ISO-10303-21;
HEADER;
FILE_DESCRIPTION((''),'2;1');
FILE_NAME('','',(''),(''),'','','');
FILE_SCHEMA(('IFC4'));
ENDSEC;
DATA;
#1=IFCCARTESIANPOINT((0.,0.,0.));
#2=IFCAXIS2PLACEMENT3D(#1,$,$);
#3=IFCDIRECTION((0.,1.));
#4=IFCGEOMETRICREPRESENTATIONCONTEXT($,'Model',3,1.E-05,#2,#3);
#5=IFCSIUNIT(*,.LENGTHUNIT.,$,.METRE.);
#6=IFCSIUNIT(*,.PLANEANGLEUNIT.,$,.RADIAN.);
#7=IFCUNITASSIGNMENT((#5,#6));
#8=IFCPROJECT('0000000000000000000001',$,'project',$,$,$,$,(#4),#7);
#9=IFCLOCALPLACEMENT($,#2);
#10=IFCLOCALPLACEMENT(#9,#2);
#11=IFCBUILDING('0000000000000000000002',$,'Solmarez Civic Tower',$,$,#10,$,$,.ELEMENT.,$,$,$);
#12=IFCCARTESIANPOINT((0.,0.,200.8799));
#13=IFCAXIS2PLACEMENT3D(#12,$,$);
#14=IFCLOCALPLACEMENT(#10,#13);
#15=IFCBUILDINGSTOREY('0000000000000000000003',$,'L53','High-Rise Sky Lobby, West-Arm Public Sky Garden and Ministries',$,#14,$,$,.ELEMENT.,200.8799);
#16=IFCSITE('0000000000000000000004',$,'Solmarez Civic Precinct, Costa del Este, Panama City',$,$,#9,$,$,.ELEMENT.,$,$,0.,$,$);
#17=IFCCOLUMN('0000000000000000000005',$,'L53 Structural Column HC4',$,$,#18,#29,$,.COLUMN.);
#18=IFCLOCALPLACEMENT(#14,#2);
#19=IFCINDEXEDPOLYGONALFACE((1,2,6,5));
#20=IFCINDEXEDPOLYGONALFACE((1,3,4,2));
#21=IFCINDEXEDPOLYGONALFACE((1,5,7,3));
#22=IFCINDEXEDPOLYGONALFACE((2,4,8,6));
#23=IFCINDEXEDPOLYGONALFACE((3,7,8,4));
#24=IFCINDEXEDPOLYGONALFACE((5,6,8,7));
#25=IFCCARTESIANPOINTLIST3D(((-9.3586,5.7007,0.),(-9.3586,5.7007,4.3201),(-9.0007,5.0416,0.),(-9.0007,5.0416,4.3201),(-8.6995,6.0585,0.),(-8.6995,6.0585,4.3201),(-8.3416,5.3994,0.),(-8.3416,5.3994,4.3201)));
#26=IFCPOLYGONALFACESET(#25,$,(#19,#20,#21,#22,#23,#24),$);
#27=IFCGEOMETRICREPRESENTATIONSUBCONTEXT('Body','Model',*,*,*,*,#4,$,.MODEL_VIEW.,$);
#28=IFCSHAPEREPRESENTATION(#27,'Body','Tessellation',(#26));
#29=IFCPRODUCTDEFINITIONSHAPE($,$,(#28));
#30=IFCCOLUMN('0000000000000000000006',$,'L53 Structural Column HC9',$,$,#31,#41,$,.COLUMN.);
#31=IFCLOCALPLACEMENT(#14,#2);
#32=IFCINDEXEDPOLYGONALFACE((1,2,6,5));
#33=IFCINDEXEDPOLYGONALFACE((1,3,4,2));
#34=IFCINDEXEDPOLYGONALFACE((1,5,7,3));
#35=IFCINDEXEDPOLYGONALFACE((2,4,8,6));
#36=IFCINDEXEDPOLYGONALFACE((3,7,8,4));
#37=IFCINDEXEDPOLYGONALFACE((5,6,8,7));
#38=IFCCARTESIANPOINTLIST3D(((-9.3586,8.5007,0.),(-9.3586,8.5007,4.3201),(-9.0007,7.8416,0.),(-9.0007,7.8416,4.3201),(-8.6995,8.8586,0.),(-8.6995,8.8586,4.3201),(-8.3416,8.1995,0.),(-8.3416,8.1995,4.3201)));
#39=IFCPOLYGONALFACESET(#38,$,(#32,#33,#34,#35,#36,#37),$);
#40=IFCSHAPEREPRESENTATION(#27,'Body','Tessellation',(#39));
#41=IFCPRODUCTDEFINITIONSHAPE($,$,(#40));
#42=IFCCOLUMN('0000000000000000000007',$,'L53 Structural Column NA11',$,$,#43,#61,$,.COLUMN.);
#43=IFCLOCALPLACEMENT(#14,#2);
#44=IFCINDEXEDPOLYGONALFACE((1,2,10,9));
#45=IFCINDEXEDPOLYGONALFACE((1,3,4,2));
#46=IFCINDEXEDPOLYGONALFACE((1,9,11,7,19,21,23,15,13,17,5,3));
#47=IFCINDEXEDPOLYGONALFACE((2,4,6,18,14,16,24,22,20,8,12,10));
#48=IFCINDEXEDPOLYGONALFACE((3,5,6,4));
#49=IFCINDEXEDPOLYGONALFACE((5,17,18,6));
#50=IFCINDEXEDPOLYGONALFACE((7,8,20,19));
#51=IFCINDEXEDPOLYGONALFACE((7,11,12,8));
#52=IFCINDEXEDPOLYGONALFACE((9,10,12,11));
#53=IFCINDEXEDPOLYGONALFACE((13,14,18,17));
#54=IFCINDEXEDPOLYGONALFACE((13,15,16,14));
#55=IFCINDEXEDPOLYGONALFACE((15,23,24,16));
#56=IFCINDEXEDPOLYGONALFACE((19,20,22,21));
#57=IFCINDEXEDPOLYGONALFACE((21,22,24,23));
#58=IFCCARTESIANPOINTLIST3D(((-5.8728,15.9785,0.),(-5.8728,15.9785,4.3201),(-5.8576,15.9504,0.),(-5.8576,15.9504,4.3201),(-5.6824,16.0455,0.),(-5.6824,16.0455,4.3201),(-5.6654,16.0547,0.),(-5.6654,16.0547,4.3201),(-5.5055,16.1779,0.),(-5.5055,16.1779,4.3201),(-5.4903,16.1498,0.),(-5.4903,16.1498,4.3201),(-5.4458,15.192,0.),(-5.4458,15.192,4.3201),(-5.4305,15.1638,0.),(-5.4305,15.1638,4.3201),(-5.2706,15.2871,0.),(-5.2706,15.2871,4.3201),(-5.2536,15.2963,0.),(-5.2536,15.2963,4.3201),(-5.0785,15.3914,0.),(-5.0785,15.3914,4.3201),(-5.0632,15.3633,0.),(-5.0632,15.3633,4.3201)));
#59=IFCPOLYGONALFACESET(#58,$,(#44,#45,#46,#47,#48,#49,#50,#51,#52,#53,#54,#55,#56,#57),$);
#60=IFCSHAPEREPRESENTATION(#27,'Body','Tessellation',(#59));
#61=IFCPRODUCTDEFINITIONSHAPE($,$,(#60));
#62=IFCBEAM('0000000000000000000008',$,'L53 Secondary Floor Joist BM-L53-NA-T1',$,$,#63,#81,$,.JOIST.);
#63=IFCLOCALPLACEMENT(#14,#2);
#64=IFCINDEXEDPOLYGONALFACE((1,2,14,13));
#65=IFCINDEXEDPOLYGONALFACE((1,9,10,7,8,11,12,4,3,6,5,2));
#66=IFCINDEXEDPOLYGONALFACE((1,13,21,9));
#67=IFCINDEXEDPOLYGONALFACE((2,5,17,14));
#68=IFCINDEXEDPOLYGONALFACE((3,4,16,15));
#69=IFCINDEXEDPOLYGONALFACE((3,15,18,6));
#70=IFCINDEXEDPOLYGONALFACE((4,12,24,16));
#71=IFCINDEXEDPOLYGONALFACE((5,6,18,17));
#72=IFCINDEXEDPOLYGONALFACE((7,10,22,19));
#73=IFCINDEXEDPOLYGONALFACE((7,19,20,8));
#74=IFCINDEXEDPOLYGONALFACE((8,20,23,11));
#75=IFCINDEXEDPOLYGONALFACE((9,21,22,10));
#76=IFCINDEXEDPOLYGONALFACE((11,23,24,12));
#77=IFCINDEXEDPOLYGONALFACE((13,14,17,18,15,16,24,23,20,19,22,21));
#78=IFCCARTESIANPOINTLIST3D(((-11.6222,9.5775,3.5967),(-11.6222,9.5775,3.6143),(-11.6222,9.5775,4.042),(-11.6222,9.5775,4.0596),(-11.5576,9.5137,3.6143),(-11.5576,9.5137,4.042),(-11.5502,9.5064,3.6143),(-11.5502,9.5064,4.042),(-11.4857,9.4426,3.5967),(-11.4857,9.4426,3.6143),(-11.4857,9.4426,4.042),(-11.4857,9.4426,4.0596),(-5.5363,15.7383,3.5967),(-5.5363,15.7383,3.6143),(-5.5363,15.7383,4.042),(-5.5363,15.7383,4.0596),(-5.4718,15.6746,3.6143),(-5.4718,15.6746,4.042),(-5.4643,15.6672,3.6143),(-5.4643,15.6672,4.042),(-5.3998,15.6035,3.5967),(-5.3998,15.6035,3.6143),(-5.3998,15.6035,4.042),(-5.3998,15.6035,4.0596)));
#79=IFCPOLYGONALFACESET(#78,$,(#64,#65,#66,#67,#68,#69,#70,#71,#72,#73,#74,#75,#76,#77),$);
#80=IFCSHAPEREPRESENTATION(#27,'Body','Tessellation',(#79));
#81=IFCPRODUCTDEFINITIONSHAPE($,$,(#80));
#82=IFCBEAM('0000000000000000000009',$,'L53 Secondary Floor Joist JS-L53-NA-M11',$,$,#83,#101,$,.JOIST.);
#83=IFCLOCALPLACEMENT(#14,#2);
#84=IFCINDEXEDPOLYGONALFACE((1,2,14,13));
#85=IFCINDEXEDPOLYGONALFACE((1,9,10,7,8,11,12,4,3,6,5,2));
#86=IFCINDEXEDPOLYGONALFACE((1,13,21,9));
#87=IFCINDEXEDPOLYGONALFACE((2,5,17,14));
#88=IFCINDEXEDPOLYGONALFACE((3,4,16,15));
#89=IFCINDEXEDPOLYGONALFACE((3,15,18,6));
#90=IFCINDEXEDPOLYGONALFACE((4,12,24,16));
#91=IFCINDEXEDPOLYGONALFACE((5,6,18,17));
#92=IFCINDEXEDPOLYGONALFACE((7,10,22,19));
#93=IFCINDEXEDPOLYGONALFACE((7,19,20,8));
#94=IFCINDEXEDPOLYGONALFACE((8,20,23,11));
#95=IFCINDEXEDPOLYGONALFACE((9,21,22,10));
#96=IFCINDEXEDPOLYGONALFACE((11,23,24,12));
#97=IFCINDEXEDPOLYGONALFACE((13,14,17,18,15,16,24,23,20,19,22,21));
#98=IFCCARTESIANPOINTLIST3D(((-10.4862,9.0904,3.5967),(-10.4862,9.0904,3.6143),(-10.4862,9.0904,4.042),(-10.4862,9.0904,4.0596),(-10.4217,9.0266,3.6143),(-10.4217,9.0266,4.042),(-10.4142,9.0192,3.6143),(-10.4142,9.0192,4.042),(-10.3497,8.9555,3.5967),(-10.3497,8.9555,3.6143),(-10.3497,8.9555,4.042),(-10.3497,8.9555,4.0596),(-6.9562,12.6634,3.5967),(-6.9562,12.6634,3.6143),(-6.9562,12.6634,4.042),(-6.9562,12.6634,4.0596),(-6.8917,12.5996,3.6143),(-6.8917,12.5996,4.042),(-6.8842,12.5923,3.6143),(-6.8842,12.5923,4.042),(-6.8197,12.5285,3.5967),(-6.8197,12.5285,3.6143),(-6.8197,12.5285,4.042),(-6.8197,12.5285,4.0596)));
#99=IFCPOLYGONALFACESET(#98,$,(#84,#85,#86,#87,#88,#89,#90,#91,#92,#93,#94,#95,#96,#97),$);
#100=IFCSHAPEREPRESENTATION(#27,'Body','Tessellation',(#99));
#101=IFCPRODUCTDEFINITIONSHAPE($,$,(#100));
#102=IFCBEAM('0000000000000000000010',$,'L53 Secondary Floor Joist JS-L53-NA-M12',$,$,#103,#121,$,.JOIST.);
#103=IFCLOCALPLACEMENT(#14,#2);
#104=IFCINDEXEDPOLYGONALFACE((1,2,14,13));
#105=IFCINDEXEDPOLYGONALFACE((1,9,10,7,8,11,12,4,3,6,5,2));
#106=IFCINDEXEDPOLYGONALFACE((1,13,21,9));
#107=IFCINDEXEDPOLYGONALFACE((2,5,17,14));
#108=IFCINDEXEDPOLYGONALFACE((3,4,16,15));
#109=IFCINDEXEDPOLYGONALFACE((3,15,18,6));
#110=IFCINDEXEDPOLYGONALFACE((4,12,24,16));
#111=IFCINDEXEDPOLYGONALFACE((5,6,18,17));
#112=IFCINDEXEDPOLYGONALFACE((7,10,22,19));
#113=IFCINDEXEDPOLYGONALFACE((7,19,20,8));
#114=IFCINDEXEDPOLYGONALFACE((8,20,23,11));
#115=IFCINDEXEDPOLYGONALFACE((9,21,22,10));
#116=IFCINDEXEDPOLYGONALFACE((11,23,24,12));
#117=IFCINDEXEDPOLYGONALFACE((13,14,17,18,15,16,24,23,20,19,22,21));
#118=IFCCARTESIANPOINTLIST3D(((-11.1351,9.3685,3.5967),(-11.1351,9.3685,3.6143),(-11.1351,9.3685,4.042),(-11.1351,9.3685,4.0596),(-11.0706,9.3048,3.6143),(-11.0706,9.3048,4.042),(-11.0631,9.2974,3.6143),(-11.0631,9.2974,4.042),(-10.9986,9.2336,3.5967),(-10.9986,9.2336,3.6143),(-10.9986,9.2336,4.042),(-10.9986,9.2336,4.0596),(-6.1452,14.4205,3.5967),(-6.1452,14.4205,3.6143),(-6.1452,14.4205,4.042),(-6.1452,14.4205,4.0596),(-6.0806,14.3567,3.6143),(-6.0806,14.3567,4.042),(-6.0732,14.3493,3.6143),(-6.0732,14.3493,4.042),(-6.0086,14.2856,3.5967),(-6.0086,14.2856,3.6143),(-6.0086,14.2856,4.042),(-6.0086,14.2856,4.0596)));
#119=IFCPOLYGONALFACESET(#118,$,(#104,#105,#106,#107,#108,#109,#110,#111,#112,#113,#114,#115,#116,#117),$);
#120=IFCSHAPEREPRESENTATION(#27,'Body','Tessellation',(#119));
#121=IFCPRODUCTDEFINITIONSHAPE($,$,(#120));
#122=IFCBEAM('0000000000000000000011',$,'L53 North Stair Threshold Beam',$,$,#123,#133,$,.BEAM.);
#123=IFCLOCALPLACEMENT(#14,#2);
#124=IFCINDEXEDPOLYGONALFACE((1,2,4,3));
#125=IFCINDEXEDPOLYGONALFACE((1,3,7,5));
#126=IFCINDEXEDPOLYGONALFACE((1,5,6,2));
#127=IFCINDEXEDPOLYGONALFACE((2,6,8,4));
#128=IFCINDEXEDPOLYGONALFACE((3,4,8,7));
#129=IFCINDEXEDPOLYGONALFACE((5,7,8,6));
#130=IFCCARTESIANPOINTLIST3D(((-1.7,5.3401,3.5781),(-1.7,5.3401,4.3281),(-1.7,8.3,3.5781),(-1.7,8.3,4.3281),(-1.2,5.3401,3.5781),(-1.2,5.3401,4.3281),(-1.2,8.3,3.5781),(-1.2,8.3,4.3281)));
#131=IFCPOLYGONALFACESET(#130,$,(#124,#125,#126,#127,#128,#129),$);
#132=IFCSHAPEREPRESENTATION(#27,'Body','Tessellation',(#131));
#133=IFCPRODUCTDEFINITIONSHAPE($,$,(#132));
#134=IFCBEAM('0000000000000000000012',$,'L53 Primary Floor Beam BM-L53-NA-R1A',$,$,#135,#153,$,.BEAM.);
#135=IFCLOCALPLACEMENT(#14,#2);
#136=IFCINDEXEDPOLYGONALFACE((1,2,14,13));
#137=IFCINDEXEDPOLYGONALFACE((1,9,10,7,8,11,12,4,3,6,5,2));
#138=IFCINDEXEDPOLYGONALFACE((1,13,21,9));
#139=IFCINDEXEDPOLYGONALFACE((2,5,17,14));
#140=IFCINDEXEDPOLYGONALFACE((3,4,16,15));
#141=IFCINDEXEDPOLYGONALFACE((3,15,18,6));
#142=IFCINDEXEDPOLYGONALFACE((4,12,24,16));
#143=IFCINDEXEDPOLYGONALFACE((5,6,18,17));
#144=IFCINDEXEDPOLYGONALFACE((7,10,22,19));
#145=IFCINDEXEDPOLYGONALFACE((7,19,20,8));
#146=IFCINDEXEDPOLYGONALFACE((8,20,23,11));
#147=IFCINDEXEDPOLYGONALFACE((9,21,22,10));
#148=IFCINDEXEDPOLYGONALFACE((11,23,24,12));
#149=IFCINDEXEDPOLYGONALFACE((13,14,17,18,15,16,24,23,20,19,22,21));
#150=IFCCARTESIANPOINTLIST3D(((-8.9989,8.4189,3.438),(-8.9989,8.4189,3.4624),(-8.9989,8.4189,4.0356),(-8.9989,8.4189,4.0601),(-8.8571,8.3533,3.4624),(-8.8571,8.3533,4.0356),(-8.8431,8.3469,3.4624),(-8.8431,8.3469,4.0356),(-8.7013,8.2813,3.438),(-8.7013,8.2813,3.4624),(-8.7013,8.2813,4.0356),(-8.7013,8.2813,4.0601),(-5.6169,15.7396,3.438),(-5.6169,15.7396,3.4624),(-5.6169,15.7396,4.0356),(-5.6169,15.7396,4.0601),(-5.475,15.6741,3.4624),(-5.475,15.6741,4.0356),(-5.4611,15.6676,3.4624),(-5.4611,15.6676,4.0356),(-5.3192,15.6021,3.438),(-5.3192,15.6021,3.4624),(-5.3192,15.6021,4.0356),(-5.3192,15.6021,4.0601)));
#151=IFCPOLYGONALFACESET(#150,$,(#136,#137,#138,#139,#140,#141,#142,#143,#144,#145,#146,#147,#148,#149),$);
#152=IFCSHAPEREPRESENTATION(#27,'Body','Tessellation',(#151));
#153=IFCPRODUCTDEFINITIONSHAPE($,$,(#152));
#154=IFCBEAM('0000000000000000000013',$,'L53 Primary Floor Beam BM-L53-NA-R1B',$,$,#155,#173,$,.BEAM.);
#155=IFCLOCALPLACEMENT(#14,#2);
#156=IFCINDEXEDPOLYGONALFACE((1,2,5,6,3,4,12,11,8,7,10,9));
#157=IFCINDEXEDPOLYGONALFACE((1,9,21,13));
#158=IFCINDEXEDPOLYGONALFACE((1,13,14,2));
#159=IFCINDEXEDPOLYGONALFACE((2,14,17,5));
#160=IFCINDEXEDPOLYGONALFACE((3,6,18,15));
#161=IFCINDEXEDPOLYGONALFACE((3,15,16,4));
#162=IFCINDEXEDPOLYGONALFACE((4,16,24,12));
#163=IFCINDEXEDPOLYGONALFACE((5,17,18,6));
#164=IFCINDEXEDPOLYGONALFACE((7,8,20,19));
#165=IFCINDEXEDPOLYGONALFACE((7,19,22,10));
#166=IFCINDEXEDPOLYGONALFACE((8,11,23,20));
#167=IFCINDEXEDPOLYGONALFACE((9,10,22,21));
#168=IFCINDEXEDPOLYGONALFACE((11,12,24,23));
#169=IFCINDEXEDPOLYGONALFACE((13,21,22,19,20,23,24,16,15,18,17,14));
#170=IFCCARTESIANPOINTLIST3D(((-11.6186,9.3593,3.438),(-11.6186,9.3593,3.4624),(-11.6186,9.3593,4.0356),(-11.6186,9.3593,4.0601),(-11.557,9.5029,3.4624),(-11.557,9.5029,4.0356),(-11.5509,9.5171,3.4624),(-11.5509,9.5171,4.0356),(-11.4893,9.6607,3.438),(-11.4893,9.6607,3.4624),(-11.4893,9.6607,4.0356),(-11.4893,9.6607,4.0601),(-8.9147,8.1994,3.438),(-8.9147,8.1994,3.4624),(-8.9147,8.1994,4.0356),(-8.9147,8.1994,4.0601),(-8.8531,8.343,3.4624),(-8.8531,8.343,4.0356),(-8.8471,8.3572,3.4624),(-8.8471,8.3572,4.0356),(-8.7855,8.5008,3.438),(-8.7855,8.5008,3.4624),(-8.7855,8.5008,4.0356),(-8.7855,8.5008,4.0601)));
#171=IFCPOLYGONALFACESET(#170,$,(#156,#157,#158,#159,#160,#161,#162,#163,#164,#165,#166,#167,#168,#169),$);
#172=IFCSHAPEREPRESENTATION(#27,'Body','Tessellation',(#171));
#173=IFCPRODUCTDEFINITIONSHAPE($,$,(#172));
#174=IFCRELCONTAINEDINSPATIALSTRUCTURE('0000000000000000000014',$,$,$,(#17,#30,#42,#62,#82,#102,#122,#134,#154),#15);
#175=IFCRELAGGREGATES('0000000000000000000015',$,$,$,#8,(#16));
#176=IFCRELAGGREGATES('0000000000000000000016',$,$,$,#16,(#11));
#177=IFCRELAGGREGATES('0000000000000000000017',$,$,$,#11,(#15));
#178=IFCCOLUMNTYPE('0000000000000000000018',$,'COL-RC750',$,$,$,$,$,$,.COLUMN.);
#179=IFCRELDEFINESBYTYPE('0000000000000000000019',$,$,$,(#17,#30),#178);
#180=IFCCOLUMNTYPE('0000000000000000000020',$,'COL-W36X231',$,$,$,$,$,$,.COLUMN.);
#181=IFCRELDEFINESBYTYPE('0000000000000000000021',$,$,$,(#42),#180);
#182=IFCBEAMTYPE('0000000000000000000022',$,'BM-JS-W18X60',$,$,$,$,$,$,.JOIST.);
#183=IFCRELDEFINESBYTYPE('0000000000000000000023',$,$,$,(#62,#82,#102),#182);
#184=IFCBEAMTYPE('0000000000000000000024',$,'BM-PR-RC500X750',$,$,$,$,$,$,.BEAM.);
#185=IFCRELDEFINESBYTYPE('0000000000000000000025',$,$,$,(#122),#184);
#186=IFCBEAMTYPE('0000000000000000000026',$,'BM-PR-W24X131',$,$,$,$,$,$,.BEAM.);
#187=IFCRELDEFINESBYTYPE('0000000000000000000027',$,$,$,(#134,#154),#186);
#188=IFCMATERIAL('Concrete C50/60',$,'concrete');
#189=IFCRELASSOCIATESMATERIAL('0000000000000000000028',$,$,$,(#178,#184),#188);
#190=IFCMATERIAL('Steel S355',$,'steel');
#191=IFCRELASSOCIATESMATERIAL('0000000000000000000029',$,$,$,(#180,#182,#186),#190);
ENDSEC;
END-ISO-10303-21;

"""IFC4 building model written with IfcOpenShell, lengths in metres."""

from ifc_helpers import new_model, si_unit, direction, frame, origin, origin_2d, place, context, subcontext, project, spatial, rectangle, i_section, extrude, material, material_profile, profile_set, type_object, element, save


model = new_model("IFC4")

# Units and contexts
model_context = context("Model", 3, precision=1e-05, world=origin(), true_north=direction((0.0, 1.0)))
body_context = subcontext(model_context, "Body", "Model", "MODEL_VIEW")
ifc_project = project(units=[si_unit("LENGTHUNIT", "METRE"), si_unit("PLANEANGLEUNIT", "RADIAN")], contexts=[model_context])

# Site, building, storey
site_placement = place(None, origin())
site = spatial("IfcSite", under=ifc_project, at=site_placement, Name="Solmarez Civic Precinct, Costa del Este, Panama City", CompositionType="ELEMENT", RefElevation=0.0)
building_placement = place(site_placement, origin())
building = spatial("IfcBuilding", under=site, at=building_placement, Name="Solmarez Civic Tower", CompositionType="ELEMENT")
storey_placement = place(building_placement, frame((0.0, 0.0, 200.8799)))
storey = spatial("IfcBuildingStorey", under=building, at=storey_placement, Name="L53", Description="High-Rise Sky Lobby, West-Arm Public Sky Garden and Ministries", CompositionType="ELEMENT", Elevation=200.8799)

# Columns
ifc_material_1 = material(Name="Concrete C50/60", Category="concrete")
ifc_material_profile_1 = material_profile(ifc_material_1, rectangle(XDim=0.75, YDim=0.75, at=origin_2d()), Name="RC750X750")
ifc_profile_set_1 = profile_set([ifc_material_profile_1], Name="Concrete C50/60")
column_type_1 = type_object("IfcColumnType", Name="COL-RC750", PredefinedType="COLUMN", material=ifc_profile_set_1)
for number, where, z_axis, x_axis, name in (
    (1, (-8.8501, 5.55, 0.0), (0.0, 0.0, 1.0), (0.878817, 0.477159, 0.0), "L53 Structural Column HC4"),
    (2, (-8.8501, 8.3501, 0.0), (0.0, 0.0, 1.0), (0.878817, 0.477159, 0.0), "L53 Structural Column HC9"),
):
    element("IfcColumn", number, at=place(storey_placement, frame(where, z_axis=z_axis, x_axis=x_axis)), inside=storey, type_object=column_type_1, Name=name, PredefinedType="COLUMN", context=body_context, shape_type="SweptSolid", body=[
        extrude(rectangle(XDim=0.75, YDim=0.75, at=origin_2d()), origin(), (0.0, 0.0, 1.0), 4.3201),
    ])
ifc_material_2 = material(Name="Steel S355", Category="steel")
ifc_material_profile_2 = material_profile(ifc_material_2, i_section(OverallWidth=0.418, OverallDepth=0.927, WebThickness=0.0193, FlangeThickness=0.032, at=origin_2d()), Name="W36X231")
ifc_profile_set_2 = profile_set([ifc_material_profile_2], Name="Steel S355")
column_type_2 = type_object("IfcColumnType", Name="COL-W36X231", PredefinedType="COLUMN", material=ifc_profile_set_2)
column_placement = place(storey_placement, frame((-5.468, 15.6709, 0.0), z_axis=(0.0, 0.0, 1.0), x_axis=(0.878817, 0.477159, 0.0)))
element("IfcColumn", 3, at=column_placement, inside=storey, type_object=column_type_2, Name="L53 Structural Column NA11", PredefinedType="COLUMN", context=body_context, shape_type="SweptSolid", body=[
    extrude(i_section(OverallWidth=0.418, OverallDepth=0.927, WebThickness=0.0193, FlangeThickness=0.032, at=origin_2d()), origin(), (0.0, 0.0, 1.0), 4.3201),
])

# Beams
ifc_material_profile_3 = material_profile(ifc_material_2, i_section(OverallWidth=0.1919, OverallDepth=0.4629, WebThickness=0.0105, FlangeThickness=0.0176, at=origin_2d()), Name="W18X60")
ifc_profile_set_3 = profile_set([ifc_material_profile_3], Name="Steel S355")
beam_type_1 = type_object("IfcBeamType", Name="BM-JS-W18X60", PredefinedType="JOIST", material=ifc_profile_set_3)
beam_1_placement = place(storey_placement, frame((-5.468, 15.6709, 3.8281), z_axis=(-0.702766, -0.711421, 0.0), x_axis=(0.711421, -0.702766, 0.0)))
element("IfcBeam", 4, at=beam_1_placement, inside=storey, type_object=beam_type_1, Name="L53 Secondary Floor Joist BM-L53-NA-T1", PredefinedType="JOIST", context=body_context, shape_type="SweptSolid", body=[
    extrude(i_section(OverallWidth=0.1919, OverallDepth=0.4629, WebThickness=0.0105, FlangeThickness=0.0176, at=origin_2d()), origin(), (0.0, 0.0, 1.0), 8.6599),
])
beam_2_placement = place(storey_placement, frame((-6.8879, 12.5959, 3.8281), z_axis=(-0.702816, -0.711371, 0.0), x_axis=(0.711371, -0.702816, 0.0)))
element("IfcBeam", 5, at=beam_2_placement, inside=storey, type_object=beam_type_1, Name="L53 Secondary Floor Joist JS-L53-NA-M11", PredefinedType="JOIST", context=body_context, shape_type="SweptSolid", body=[
    extrude(i_section(OverallWidth=0.1919, OverallDepth=0.4629, WebThickness=0.0105, FlangeThickness=0.0176, at=origin_2d()), origin(), (0.0, 0.0, 1.0), 5.0227),
])
beam_3_placement = place(storey_placement, frame((-6.0769, 14.353, 3.8281), z_axis=(-0.702727, -0.71146, 0.0), x_axis=(0.71146, -0.702727, 0.0)))
element("IfcBeam", 6, at=beam_3_placement, inside=storey, type_object=beam_type_1, Name="L53 Secondary Floor Joist JS-L53-NA-M12", PredefinedType="JOIST", context=body_context, shape_type="SweptSolid", body=[
    extrude(i_section(OverallWidth=0.1919, OverallDepth=0.4629, WebThickness=0.0105, FlangeThickness=0.0176, at=origin_2d()), origin(), (0.0, 0.0, 1.0), 7.1008),
])
ifc_material_profile_4 = material_profile(ifc_material_1, rectangle(XDim=0.5, YDim=0.75, at=origin_2d()), Name="RC500X750")
ifc_profile_set_4 = profile_set([ifc_material_profile_4], Name="Concrete C50/60")
beam_type_2 = type_object("IfcBeamType", Name="BM-PR-RC500X750", PredefinedType="BEAM", material=ifc_profile_set_4)
beam_4_placement = place(storey_placement, frame((-1.45, 5.3401, 3.9531), z_axis=(0.0, 1.0, 0.0), x_axis=(-1.0, 0.0, 0.0)))
element("IfcBeam", 7, at=beam_4_placement, inside=storey, type_object=beam_type_2, Name="L53 North Stair Threshold Beam", PredefinedType="BEAM", context=body_context, shape_type="SweptSolid", body=[
    extrude(rectangle(XDim=0.5, YDim=0.75, at=origin_2d()), origin(), (0.0, 0.0, 1.0), 2.96),
])
ifc_material_profile_5 = material_profile(ifc_material_2, i_section(OverallWidth=0.3279, OverallDepth=0.6221, WebThickness=0.0154, FlangeThickness=0.0244, at=origin_2d()), Name="W24X131")
ifc_profile_set_5 = profile_set([ifc_material_profile_5], Name="Steel S355")
beam_type_3 = type_object("IfcBeamType", Name="BM-PR-W24X131", PredefinedType="BEAM", material=ifc_profile_set_5)
beam_5_placement = place(storey_placement, frame((-8.8501, 8.3501, 3.749), z_axis=(0.41939, 0.907806, 0.0), x_axis=(-0.907806, 0.41939, 0.0)))
element("IfcBeam", 8, at=beam_5_placement, inside=storey, type_object=beam_type_3, Name="L53 Primary Floor Beam BM-L53-NA-R1A", PredefinedType="BEAM", context=body_context, shape_type="SweptSolid", body=[
    extrude(i_section(OverallWidth=0.3279, OverallDepth=0.6221, WebThickness=0.0154, FlangeThickness=0.0244, at=origin_2d()), origin(), (0.0, 0.0, 1.0), 8.0642),
])
beam_6_placement = place(storey_placement, frame((-8.8501, 8.3501, 3.749), z_axis=(-0.919008, 0.39424, 0.0), x_axis=(-0.39424, -0.919008, 0.0)))
element("IfcBeam", 9, at=beam_6_placement, inside=storey, type_object=beam_type_3, Name="L53 Primary Floor Beam BM-L53-NA-R1B", PredefinedType="BEAM", context=body_context, shape_type="SweptSolid", body=[
    extrude(i_section(OverallWidth=0.3279, OverallDepth=0.6221, WebThickness=0.0154, FlangeThickness=0.0244, at=origin_2d()), origin(), (0.0, 0.0, 1.0), 2.9421),
])

save(model, "model.ifc")
